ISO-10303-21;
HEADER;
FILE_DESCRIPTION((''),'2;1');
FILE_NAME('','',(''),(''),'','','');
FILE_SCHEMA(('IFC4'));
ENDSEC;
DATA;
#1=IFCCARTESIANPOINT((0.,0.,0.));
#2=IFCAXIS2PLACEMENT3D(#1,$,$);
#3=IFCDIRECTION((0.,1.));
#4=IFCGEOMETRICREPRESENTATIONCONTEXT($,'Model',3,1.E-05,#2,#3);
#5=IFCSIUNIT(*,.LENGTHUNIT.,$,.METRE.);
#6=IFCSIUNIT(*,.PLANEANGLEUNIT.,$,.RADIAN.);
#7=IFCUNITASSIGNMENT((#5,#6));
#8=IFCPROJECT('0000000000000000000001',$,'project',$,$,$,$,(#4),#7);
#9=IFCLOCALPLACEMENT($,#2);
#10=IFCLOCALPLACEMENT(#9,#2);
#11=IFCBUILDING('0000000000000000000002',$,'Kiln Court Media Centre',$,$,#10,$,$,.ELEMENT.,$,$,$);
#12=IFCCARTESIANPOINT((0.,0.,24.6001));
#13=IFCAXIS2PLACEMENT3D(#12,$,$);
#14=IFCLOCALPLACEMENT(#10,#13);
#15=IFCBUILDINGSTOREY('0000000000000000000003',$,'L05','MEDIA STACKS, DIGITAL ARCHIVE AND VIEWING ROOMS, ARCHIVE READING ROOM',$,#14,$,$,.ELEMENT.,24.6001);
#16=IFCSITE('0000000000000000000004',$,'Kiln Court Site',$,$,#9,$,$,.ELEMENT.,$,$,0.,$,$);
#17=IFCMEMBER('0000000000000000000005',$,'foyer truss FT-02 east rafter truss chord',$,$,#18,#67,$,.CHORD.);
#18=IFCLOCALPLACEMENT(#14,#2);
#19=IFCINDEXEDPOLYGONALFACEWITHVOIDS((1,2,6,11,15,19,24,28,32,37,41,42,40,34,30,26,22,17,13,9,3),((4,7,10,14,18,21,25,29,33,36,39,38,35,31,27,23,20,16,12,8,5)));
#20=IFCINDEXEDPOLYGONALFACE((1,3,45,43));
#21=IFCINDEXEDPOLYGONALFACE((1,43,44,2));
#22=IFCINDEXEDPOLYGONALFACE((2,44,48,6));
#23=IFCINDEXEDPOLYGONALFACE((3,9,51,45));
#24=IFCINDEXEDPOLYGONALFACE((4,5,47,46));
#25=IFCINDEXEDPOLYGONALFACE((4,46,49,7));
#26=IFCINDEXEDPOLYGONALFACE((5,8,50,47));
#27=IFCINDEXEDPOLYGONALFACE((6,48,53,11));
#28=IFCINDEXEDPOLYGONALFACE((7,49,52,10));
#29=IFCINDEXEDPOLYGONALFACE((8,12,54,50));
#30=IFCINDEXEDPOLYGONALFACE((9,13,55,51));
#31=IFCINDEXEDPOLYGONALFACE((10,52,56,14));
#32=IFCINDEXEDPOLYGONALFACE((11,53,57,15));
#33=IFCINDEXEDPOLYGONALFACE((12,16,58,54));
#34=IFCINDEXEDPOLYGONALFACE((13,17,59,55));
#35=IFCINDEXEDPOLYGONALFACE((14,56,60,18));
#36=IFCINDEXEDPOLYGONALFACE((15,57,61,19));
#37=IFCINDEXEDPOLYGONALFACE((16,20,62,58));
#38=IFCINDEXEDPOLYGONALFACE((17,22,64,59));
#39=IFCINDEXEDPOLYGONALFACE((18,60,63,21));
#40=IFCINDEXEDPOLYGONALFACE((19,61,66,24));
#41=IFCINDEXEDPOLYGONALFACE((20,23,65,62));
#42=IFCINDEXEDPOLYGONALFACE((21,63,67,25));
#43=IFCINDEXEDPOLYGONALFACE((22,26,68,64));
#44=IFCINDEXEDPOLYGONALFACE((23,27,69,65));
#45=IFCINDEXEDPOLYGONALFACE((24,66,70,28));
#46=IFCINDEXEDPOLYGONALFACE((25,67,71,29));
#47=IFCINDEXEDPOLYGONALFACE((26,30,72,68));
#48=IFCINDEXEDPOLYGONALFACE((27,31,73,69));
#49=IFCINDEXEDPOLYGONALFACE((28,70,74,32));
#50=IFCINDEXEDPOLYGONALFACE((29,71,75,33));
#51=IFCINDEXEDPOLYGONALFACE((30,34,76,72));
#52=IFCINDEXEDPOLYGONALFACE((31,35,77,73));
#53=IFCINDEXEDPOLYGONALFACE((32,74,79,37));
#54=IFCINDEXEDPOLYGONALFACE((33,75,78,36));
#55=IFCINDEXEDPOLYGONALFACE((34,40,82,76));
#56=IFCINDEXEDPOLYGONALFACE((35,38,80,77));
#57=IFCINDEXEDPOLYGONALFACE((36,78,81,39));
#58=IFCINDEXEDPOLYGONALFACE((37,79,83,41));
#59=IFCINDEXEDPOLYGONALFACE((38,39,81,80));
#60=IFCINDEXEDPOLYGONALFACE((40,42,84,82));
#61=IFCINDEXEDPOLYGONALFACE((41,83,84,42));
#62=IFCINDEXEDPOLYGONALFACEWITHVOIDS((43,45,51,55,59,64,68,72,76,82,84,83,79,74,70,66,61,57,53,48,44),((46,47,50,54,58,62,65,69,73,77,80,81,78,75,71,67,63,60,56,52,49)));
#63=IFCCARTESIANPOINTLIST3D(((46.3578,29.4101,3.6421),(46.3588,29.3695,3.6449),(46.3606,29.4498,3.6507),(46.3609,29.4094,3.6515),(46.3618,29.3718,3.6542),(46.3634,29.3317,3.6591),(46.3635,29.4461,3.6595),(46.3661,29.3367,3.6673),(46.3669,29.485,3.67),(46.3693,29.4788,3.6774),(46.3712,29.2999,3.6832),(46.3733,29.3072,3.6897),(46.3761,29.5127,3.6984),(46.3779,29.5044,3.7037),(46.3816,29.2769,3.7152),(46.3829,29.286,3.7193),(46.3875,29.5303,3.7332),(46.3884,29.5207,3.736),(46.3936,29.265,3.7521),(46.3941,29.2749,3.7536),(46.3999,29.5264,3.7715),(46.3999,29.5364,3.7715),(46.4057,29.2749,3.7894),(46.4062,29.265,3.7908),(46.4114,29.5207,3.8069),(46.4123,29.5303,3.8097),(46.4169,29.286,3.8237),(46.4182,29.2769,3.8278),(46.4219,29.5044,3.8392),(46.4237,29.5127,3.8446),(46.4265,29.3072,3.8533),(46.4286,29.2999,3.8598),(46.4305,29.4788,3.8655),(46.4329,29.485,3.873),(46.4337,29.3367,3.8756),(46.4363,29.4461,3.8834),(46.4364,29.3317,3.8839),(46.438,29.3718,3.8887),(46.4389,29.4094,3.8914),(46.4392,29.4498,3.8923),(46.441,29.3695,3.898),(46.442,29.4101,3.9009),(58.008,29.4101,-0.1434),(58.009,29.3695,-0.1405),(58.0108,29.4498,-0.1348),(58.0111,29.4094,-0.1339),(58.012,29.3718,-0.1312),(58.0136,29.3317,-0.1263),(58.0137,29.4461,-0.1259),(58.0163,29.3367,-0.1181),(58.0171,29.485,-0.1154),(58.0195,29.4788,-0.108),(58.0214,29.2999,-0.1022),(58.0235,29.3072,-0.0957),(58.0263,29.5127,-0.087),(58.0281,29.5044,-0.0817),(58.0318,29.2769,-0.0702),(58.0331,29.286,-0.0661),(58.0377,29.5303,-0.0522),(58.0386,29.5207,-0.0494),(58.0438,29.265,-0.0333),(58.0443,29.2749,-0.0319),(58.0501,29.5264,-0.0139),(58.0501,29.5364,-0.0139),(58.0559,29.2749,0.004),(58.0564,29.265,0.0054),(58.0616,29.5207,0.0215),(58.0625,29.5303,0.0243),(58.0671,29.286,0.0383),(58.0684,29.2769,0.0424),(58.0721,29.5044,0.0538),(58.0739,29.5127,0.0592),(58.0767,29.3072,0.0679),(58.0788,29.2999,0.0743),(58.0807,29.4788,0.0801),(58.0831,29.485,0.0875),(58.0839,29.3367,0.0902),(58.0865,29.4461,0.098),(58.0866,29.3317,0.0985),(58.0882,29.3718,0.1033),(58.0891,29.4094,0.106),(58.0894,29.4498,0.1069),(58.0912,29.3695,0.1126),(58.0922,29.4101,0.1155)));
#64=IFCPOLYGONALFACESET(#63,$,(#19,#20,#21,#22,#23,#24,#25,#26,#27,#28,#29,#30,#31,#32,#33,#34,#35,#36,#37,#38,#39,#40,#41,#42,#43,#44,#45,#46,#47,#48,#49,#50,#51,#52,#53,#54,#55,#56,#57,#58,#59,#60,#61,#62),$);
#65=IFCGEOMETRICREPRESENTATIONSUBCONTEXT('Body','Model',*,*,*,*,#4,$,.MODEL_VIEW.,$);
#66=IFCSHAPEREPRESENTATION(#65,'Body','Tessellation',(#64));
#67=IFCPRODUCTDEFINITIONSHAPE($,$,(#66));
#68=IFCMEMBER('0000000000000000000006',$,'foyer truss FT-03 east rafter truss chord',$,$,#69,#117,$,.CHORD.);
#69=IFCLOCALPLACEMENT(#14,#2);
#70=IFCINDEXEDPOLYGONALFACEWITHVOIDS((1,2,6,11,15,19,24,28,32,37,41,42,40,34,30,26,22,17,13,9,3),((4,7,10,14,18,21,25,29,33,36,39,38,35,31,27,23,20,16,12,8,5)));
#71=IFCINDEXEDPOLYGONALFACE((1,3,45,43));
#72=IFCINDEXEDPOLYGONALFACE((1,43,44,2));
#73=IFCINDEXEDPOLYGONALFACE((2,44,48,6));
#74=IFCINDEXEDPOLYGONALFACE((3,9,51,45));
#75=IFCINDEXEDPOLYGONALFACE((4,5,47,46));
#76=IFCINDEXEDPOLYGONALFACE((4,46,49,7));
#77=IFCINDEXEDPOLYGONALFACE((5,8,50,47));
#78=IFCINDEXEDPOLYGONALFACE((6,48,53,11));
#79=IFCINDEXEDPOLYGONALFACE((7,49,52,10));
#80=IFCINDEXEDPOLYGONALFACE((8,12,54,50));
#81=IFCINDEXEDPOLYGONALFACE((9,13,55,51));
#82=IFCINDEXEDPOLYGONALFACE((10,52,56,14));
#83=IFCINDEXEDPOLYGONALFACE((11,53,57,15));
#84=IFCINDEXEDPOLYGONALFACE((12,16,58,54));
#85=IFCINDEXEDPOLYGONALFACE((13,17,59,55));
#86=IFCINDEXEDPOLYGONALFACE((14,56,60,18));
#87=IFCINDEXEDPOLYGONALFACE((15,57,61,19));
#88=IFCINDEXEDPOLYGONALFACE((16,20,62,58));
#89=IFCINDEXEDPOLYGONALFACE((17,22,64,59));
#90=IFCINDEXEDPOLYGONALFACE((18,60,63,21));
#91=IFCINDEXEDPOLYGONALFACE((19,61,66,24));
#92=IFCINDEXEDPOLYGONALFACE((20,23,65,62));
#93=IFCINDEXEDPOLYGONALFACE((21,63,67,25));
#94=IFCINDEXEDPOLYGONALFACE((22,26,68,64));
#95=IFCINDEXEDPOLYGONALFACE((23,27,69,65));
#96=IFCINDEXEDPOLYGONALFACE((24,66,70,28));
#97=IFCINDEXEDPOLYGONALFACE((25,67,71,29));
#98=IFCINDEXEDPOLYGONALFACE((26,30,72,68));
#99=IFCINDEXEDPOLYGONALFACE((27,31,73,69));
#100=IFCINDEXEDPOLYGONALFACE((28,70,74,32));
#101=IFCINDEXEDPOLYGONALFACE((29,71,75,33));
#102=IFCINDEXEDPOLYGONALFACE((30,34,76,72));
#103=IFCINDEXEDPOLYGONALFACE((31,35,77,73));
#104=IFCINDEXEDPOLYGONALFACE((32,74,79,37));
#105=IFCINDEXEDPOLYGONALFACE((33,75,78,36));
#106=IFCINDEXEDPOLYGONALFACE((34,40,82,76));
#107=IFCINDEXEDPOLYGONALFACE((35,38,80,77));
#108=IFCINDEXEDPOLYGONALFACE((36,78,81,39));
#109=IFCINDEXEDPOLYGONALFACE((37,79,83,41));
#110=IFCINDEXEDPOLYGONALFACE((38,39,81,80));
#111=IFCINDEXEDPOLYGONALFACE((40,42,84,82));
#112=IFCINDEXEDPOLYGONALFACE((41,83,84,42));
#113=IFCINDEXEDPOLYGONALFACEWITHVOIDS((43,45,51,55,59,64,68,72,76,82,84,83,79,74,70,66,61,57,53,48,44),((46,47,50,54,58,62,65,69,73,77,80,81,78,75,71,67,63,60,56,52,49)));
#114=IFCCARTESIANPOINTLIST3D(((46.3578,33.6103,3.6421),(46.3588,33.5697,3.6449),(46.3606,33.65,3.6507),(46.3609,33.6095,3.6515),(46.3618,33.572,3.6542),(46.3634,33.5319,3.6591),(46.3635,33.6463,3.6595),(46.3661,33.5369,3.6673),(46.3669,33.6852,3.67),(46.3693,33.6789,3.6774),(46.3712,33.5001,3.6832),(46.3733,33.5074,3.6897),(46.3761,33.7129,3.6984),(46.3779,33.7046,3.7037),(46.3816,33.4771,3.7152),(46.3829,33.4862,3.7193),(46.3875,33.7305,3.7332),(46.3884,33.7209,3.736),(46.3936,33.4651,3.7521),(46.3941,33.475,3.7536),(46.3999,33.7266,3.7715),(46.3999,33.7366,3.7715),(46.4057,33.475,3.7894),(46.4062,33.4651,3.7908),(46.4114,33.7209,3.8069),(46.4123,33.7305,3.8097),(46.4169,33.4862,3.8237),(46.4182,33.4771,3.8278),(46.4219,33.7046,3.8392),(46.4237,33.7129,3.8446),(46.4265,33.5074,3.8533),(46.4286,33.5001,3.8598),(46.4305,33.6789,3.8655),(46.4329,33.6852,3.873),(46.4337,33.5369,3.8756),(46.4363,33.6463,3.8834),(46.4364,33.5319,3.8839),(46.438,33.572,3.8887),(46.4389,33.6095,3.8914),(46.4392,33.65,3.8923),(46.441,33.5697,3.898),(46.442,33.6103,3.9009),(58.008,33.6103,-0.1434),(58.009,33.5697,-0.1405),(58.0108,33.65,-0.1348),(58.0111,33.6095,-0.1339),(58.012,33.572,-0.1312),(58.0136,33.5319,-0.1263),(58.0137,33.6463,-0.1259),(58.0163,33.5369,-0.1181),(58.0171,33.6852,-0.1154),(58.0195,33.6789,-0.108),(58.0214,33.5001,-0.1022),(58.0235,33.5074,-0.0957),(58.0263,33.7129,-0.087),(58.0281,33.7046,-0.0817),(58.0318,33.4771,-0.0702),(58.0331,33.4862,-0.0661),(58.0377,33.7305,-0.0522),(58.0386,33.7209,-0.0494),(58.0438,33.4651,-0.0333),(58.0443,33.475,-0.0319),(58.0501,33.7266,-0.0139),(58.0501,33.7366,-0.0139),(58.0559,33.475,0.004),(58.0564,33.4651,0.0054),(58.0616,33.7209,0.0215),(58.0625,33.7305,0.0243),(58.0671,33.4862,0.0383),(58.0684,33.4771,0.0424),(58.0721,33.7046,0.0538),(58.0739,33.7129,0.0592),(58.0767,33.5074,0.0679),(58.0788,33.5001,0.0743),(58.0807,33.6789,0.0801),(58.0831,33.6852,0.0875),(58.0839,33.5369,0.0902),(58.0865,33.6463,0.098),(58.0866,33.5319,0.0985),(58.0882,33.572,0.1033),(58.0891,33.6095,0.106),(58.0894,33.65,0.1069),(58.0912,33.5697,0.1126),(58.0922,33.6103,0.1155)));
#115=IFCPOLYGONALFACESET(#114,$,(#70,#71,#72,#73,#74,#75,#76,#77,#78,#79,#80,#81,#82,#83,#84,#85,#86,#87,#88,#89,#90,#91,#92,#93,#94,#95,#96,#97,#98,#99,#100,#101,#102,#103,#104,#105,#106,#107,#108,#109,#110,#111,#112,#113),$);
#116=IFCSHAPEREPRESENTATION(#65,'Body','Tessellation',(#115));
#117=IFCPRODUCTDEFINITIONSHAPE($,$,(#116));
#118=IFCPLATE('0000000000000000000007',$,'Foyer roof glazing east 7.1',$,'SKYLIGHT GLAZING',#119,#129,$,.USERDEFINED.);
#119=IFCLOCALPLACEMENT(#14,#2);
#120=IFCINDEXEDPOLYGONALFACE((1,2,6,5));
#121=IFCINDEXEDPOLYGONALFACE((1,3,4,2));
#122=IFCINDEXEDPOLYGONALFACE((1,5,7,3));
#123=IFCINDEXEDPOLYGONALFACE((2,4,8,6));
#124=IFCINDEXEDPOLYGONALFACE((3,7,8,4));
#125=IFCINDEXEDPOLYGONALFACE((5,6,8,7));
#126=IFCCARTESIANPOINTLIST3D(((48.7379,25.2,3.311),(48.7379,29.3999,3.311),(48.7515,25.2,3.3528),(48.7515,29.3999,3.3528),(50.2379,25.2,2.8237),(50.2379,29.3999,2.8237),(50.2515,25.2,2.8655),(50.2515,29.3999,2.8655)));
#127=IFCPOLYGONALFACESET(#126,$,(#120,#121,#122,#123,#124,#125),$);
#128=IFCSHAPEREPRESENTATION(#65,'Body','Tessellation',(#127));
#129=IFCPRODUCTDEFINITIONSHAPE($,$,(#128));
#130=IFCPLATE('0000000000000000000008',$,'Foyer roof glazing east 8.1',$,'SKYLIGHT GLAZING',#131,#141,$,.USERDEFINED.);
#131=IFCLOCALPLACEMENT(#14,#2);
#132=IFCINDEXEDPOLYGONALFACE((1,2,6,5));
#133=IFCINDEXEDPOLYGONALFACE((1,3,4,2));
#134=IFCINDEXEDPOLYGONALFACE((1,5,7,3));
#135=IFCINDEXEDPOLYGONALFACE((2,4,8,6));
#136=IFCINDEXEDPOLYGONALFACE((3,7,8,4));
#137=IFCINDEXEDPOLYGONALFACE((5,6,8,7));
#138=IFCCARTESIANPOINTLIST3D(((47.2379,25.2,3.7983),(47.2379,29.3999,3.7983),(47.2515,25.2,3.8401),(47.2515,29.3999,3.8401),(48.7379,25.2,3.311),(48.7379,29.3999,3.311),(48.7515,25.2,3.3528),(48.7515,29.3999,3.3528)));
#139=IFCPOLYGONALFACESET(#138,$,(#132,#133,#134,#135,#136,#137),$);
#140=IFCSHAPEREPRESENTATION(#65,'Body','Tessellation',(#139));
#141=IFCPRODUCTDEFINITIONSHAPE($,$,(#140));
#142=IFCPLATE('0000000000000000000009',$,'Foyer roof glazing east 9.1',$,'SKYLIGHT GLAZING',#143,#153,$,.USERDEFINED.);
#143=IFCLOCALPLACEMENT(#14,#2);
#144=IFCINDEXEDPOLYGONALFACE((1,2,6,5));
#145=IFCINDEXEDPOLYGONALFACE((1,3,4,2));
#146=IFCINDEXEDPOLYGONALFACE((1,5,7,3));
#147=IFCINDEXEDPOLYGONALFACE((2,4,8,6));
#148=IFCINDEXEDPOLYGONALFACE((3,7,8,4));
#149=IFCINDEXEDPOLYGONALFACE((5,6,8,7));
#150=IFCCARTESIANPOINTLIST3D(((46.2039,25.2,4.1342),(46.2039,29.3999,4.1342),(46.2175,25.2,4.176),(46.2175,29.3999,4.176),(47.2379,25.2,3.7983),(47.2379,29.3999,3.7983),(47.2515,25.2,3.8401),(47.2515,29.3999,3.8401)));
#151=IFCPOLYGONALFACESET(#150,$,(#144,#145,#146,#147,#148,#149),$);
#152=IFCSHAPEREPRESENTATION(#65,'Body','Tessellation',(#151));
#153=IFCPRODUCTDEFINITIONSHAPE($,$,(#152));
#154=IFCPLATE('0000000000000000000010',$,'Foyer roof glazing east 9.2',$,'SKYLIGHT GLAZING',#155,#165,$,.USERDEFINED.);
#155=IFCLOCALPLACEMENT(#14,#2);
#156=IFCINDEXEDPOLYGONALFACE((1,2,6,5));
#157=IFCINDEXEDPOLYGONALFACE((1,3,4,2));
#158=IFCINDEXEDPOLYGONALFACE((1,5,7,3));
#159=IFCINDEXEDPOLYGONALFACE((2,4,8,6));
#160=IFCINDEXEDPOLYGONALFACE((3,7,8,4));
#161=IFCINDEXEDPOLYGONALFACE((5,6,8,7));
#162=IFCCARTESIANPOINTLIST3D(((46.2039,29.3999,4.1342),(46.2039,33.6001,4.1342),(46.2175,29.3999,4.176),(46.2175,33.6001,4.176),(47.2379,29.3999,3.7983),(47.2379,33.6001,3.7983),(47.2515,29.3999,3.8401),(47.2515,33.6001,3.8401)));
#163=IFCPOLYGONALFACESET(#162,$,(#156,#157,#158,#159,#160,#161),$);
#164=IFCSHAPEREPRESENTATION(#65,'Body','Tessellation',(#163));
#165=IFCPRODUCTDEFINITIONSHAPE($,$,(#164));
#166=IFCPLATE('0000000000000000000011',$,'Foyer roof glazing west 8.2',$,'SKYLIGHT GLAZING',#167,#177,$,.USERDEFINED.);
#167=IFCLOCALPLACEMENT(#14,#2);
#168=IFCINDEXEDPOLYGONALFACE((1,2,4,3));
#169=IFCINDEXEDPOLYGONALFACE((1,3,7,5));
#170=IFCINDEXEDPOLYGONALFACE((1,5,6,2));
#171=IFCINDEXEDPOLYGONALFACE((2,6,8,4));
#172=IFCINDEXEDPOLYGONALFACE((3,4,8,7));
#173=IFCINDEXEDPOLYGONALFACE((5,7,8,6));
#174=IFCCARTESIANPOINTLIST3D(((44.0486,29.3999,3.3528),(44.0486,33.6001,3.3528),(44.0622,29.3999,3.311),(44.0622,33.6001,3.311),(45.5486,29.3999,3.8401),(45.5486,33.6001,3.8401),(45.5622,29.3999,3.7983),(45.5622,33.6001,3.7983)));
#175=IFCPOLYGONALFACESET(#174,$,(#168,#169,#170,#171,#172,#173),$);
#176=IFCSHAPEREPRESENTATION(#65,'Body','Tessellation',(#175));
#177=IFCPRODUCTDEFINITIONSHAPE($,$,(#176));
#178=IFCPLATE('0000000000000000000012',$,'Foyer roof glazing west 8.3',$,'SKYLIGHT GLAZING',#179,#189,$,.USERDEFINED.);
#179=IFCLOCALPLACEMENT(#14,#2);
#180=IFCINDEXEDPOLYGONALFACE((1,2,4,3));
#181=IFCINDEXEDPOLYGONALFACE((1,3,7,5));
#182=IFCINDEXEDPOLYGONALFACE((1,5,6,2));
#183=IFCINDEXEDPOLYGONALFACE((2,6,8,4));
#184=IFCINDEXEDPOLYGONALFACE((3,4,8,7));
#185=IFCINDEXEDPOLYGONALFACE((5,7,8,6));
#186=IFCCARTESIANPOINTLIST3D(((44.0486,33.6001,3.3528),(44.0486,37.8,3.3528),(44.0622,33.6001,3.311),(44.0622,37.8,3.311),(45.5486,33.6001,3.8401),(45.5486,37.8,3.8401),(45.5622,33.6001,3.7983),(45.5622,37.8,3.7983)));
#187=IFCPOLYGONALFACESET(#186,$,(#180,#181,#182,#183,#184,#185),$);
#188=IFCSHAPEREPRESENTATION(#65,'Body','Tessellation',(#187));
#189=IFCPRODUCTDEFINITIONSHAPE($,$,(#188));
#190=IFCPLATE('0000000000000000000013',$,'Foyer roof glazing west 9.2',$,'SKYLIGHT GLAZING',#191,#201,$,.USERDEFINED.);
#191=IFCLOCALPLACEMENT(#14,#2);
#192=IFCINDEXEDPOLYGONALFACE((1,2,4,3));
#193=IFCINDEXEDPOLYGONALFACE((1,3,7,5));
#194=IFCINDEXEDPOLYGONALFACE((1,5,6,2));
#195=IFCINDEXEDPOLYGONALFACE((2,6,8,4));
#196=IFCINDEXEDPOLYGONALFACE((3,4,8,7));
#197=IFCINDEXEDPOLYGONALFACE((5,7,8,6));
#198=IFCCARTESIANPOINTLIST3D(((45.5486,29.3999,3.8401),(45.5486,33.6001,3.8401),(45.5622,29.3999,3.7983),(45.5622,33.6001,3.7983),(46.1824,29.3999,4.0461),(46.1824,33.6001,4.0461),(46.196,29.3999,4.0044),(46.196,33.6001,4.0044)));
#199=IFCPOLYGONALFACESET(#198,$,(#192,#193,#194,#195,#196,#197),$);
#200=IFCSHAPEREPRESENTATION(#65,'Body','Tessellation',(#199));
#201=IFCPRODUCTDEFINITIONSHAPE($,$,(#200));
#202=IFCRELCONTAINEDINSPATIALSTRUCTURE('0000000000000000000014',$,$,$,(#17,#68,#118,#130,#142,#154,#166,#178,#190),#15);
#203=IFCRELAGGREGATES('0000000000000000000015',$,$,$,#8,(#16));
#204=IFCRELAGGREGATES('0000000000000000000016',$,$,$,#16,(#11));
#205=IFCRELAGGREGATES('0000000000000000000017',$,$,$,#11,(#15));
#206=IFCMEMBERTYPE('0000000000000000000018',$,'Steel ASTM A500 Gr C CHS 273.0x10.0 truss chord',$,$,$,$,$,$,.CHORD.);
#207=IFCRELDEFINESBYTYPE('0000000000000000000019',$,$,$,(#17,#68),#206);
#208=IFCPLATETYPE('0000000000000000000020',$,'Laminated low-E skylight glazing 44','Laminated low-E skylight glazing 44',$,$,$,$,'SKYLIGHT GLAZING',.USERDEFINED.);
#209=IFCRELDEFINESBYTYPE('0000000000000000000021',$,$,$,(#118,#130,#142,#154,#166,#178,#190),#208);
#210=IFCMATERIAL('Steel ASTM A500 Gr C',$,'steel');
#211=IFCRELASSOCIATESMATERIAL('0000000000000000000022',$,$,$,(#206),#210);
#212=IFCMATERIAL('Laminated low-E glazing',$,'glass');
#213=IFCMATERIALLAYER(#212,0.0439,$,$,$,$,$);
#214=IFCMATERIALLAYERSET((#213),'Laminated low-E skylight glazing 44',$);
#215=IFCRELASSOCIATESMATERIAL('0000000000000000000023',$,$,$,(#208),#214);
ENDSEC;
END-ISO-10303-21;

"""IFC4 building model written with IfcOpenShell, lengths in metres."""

from ifc_helpers import new_model, si_unit, direction, frame, origin, origin_2d, place, context, subcontext, project, spatial, polyline, hollow_circle, outline, extrude, material, layer, layer_set, material_profile, profile_set, type_object, element, save


model = new_model("IFC4")

# Units and contexts
model_context = context("Model", 3, precision=1e-05, world=origin(), true_north=direction((0.0, 1.0)))
body_context = subcontext(model_context, "Body", "Model", "MODEL_VIEW")
ifc_project = project(units=[si_unit("LENGTHUNIT", "METRE"), si_unit("PLANEANGLEUNIT", "RADIAN")], contexts=[model_context])

# Site, building, storey
site_placement = place(None, origin())
site = spatial("IfcSite", under=ifc_project, at=site_placement, Name="Kiln Court Site", CompositionType="ELEMENT", RefElevation=0.0)
building_placement = place(site_placement, origin())
building = spatial("IfcBuilding", under=site, at=building_placement, Name="Kiln Court Media Centre", CompositionType="ELEMENT")
storey_placement = place(building_placement, frame((0.0, 0.0, 24.6001)))
storey = spatial("IfcBuildingStorey", under=building, at=storey_placement, Name="L05", Description="MEDIA STACKS, DIGITAL ARCHIVE AND VIEWING ROOMS, ARCHIVE READING ROOM", CompositionType="ELEMENT", Elevation=24.6001)

# Members
ifc_material_1 = material(Name="Steel ASTM A500 Gr C", Category="steel")
ifc_material_profile_1 = material_profile(ifc_material_1, hollow_circle(Radius=0.1365, WallThickness=0.01, at=origin_2d()), Name="CHS 273.0x10.0")
ifc_profile_set_1 = profile_set([ifc_material_profile_1], Name="Steel ASTM A500 Gr C")
member_type_1 = type_object("IfcMemberType", Name="Steel ASTM A500 Gr C CHS 273.0x10.0 truss chord", PredefinedType="CHORD", material=ifc_profile_set_1)
for number, where, z_axis, x_axis, name in (
    (1, (46.3999, 29.3999, 3.7715), (0.951056, 0.0, -0.30902), (0.0, 1.0, 0.0), "foyer truss FT-02 east rafter truss chord"),
    (2, (46.3999, 33.6001, 3.7715), (0.951056, 0.0, -0.30902), (0.0, 1.0, 0.0), "foyer truss FT-03 east rafter truss chord"),
):
    element("IfcMember", number, at=place(storey_placement, frame(where, z_axis=z_axis, x_axis=x_axis)), inside=storey, type_object=member_type_1, Name=name, PredefinedType="CHORD", context=body_context, shape_type="SweptSolid", body=[
        extrude(hollow_circle(Radius=0.1365, WallThickness=0.01, at=origin_2d()), origin(), (0.0, 0.0, 1.0), 12.2498),
    ])

# Plates
ifc_material_2 = material(Name="Laminated low-E glazing", Category="glass")
ifc_layer_1 = layer(ifc_material_2, 0.0439)
ifc_layer_set_1 = layer_set([ifc_layer_1], Name="Laminated low-E skylight glazing 44")
plate_type_1 = type_object("IfcPlateType", Name="Laminated low-E skylight glazing 44", Description="Laminated low-E skylight glazing 44", ElementType="SKYLIGHT GLAZING", PredefinedType="USERDEFINED", material=ifc_layer_set_1)
for number, where, z_axis, x_axis, name in (
    (3, (50.2515, 29.3999, 2.8655), (0.308974, 0.0, 0.95107), (-0.95107, 0.0, 0.308974), "Foyer roof glazing east 7.1"),
    (4, (48.7515, 29.3999, 3.3528), (0.308974, 0.0, 0.95107), (-0.95107, 0.0, 0.308974), "Foyer roof glazing east 8.1"),
):
    element("IfcPlate", number, at=place(storey_placement, frame(where, z_axis=z_axis, x_axis=x_axis)), inside=storey, type_object=plate_type_1, Name=name, ObjectType="SKYLIGHT GLAZING", PredefinedType="USERDEFINED", context=body_context, shape_type="SweptSolid", body=[
        extrude(outline(polyline([(0.0, 0.0), (1.5772, 0.0), (1.5772, 4.2), (0.0, 4.2), (0.0, 0.0)])), origin(), (0.0, 0.0, -1.0), 0.0439),
    ])
plate_1_placement = place(storey_placement, frame((47.2515, 29.3999, 3.8401), z_axis=(0.30901, 0.0, 0.951059), x_axis=(-0.951059, 0.0, 0.30901)))
element("IfcPlate", 5, at=plate_1_placement, inside=storey, type_object=plate_type_1, Name="Foyer roof glazing east 9.1", ObjectType="SKYLIGHT GLAZING", PredefinedType="USERDEFINED", context=body_context, shape_type="SweptSolid", body=[
    extrude(outline(polyline([(0.0, 0.0), (1.0871, 0.0), (1.0871, 4.2), (0.0, 4.2), (0.0, 0.0)])), origin(), (0.0, 0.0, -1.0), 0.0439),
])
plate_2_placement = place(storey_placement, frame((47.2515, 33.6001, 3.8401), z_axis=(0.30901, 0.0, 0.951059), x_axis=(-0.951059, 0.0, 0.30901)))
element("IfcPlate", 6, at=plate_2_placement, inside=storey, type_object=plate_type_1, Name="Foyer roof glazing east 9.2", ObjectType="SKYLIGHT GLAZING", PredefinedType="USERDEFINED", context=body_context, shape_type="SweptSolid", body=[
    extrude(outline(polyline([(0.0, 0.0), (1.0871, 0.0), (1.0871, 4.2002), (0.0, 4.2002), (0.0, 0.0)])), origin(), (0.0, 0.0, -1.0), 0.0439),
])
plate_3_placement = place(storey_placement, frame((44.0486, 29.3999, 3.3528), z_axis=(-0.308974, 0.0, 0.95107), x_axis=(0.95107, 0.0, 0.308974)))
element("IfcPlate", 7, at=plate_3_placement, inside=storey, type_object=plate_type_1, Name="Foyer roof glazing west 8.2", ObjectType="SKYLIGHT GLAZING", PredefinedType="USERDEFINED", context=body_context, shape_type="SweptSolid", body=[
    extrude(outline(polyline([(0.0, 0.0), (1.5772, 0.0), (1.5772, 4.2002), (0.0, 4.2002), (0.0, 0.0)])), origin(), (0.0, 0.0, -1.0), 0.0439),
])
plate_4_placement = place(storey_placement, frame((44.0486, 33.6001, 3.3528), z_axis=(-0.308974, 0.0, 0.95107), x_axis=(0.95107, 0.0, 0.308974)))
element("IfcPlate", 8, at=plate_4_placement, inside=storey, type_object=plate_type_1, Name="Foyer roof glazing west 8.3", ObjectType="SKYLIGHT GLAZING", PredefinedType="USERDEFINED", context=body_context, shape_type="SweptSolid", body=[
    extrude(outline(polyline([(0.0, 0.0), (1.5772, 0.0), (1.5772, 4.2), (0.0, 4.2), (0.0, 0.0)])), origin(), (0.0, 0.0, -1.0), 0.0439),
])
plate_5_placement = place(storey_placement, frame((45.5486, 29.3999, 3.8401), z_axis=(-0.309185, 0.0, 0.951002), x_axis=(0.951002, 0.0, 0.309185)))
element("IfcPlate", 9, at=plate_5_placement, inside=storey, type_object=plate_type_1, Name="Foyer roof glazing west 9.2", ObjectType="SKYLIGHT GLAZING", PredefinedType="USERDEFINED", context=body_context, shape_type="SweptSolid", body=[
    extrude(outline(polyline([(0.0, 0.0), (0.6664, 0.0), (0.6664, 4.2002), (0.0, 4.2002), (0.0, 0.0)])), origin(), (0.0, 0.0, -1.0), 0.0439),
])

save(model, "model.ifc")
